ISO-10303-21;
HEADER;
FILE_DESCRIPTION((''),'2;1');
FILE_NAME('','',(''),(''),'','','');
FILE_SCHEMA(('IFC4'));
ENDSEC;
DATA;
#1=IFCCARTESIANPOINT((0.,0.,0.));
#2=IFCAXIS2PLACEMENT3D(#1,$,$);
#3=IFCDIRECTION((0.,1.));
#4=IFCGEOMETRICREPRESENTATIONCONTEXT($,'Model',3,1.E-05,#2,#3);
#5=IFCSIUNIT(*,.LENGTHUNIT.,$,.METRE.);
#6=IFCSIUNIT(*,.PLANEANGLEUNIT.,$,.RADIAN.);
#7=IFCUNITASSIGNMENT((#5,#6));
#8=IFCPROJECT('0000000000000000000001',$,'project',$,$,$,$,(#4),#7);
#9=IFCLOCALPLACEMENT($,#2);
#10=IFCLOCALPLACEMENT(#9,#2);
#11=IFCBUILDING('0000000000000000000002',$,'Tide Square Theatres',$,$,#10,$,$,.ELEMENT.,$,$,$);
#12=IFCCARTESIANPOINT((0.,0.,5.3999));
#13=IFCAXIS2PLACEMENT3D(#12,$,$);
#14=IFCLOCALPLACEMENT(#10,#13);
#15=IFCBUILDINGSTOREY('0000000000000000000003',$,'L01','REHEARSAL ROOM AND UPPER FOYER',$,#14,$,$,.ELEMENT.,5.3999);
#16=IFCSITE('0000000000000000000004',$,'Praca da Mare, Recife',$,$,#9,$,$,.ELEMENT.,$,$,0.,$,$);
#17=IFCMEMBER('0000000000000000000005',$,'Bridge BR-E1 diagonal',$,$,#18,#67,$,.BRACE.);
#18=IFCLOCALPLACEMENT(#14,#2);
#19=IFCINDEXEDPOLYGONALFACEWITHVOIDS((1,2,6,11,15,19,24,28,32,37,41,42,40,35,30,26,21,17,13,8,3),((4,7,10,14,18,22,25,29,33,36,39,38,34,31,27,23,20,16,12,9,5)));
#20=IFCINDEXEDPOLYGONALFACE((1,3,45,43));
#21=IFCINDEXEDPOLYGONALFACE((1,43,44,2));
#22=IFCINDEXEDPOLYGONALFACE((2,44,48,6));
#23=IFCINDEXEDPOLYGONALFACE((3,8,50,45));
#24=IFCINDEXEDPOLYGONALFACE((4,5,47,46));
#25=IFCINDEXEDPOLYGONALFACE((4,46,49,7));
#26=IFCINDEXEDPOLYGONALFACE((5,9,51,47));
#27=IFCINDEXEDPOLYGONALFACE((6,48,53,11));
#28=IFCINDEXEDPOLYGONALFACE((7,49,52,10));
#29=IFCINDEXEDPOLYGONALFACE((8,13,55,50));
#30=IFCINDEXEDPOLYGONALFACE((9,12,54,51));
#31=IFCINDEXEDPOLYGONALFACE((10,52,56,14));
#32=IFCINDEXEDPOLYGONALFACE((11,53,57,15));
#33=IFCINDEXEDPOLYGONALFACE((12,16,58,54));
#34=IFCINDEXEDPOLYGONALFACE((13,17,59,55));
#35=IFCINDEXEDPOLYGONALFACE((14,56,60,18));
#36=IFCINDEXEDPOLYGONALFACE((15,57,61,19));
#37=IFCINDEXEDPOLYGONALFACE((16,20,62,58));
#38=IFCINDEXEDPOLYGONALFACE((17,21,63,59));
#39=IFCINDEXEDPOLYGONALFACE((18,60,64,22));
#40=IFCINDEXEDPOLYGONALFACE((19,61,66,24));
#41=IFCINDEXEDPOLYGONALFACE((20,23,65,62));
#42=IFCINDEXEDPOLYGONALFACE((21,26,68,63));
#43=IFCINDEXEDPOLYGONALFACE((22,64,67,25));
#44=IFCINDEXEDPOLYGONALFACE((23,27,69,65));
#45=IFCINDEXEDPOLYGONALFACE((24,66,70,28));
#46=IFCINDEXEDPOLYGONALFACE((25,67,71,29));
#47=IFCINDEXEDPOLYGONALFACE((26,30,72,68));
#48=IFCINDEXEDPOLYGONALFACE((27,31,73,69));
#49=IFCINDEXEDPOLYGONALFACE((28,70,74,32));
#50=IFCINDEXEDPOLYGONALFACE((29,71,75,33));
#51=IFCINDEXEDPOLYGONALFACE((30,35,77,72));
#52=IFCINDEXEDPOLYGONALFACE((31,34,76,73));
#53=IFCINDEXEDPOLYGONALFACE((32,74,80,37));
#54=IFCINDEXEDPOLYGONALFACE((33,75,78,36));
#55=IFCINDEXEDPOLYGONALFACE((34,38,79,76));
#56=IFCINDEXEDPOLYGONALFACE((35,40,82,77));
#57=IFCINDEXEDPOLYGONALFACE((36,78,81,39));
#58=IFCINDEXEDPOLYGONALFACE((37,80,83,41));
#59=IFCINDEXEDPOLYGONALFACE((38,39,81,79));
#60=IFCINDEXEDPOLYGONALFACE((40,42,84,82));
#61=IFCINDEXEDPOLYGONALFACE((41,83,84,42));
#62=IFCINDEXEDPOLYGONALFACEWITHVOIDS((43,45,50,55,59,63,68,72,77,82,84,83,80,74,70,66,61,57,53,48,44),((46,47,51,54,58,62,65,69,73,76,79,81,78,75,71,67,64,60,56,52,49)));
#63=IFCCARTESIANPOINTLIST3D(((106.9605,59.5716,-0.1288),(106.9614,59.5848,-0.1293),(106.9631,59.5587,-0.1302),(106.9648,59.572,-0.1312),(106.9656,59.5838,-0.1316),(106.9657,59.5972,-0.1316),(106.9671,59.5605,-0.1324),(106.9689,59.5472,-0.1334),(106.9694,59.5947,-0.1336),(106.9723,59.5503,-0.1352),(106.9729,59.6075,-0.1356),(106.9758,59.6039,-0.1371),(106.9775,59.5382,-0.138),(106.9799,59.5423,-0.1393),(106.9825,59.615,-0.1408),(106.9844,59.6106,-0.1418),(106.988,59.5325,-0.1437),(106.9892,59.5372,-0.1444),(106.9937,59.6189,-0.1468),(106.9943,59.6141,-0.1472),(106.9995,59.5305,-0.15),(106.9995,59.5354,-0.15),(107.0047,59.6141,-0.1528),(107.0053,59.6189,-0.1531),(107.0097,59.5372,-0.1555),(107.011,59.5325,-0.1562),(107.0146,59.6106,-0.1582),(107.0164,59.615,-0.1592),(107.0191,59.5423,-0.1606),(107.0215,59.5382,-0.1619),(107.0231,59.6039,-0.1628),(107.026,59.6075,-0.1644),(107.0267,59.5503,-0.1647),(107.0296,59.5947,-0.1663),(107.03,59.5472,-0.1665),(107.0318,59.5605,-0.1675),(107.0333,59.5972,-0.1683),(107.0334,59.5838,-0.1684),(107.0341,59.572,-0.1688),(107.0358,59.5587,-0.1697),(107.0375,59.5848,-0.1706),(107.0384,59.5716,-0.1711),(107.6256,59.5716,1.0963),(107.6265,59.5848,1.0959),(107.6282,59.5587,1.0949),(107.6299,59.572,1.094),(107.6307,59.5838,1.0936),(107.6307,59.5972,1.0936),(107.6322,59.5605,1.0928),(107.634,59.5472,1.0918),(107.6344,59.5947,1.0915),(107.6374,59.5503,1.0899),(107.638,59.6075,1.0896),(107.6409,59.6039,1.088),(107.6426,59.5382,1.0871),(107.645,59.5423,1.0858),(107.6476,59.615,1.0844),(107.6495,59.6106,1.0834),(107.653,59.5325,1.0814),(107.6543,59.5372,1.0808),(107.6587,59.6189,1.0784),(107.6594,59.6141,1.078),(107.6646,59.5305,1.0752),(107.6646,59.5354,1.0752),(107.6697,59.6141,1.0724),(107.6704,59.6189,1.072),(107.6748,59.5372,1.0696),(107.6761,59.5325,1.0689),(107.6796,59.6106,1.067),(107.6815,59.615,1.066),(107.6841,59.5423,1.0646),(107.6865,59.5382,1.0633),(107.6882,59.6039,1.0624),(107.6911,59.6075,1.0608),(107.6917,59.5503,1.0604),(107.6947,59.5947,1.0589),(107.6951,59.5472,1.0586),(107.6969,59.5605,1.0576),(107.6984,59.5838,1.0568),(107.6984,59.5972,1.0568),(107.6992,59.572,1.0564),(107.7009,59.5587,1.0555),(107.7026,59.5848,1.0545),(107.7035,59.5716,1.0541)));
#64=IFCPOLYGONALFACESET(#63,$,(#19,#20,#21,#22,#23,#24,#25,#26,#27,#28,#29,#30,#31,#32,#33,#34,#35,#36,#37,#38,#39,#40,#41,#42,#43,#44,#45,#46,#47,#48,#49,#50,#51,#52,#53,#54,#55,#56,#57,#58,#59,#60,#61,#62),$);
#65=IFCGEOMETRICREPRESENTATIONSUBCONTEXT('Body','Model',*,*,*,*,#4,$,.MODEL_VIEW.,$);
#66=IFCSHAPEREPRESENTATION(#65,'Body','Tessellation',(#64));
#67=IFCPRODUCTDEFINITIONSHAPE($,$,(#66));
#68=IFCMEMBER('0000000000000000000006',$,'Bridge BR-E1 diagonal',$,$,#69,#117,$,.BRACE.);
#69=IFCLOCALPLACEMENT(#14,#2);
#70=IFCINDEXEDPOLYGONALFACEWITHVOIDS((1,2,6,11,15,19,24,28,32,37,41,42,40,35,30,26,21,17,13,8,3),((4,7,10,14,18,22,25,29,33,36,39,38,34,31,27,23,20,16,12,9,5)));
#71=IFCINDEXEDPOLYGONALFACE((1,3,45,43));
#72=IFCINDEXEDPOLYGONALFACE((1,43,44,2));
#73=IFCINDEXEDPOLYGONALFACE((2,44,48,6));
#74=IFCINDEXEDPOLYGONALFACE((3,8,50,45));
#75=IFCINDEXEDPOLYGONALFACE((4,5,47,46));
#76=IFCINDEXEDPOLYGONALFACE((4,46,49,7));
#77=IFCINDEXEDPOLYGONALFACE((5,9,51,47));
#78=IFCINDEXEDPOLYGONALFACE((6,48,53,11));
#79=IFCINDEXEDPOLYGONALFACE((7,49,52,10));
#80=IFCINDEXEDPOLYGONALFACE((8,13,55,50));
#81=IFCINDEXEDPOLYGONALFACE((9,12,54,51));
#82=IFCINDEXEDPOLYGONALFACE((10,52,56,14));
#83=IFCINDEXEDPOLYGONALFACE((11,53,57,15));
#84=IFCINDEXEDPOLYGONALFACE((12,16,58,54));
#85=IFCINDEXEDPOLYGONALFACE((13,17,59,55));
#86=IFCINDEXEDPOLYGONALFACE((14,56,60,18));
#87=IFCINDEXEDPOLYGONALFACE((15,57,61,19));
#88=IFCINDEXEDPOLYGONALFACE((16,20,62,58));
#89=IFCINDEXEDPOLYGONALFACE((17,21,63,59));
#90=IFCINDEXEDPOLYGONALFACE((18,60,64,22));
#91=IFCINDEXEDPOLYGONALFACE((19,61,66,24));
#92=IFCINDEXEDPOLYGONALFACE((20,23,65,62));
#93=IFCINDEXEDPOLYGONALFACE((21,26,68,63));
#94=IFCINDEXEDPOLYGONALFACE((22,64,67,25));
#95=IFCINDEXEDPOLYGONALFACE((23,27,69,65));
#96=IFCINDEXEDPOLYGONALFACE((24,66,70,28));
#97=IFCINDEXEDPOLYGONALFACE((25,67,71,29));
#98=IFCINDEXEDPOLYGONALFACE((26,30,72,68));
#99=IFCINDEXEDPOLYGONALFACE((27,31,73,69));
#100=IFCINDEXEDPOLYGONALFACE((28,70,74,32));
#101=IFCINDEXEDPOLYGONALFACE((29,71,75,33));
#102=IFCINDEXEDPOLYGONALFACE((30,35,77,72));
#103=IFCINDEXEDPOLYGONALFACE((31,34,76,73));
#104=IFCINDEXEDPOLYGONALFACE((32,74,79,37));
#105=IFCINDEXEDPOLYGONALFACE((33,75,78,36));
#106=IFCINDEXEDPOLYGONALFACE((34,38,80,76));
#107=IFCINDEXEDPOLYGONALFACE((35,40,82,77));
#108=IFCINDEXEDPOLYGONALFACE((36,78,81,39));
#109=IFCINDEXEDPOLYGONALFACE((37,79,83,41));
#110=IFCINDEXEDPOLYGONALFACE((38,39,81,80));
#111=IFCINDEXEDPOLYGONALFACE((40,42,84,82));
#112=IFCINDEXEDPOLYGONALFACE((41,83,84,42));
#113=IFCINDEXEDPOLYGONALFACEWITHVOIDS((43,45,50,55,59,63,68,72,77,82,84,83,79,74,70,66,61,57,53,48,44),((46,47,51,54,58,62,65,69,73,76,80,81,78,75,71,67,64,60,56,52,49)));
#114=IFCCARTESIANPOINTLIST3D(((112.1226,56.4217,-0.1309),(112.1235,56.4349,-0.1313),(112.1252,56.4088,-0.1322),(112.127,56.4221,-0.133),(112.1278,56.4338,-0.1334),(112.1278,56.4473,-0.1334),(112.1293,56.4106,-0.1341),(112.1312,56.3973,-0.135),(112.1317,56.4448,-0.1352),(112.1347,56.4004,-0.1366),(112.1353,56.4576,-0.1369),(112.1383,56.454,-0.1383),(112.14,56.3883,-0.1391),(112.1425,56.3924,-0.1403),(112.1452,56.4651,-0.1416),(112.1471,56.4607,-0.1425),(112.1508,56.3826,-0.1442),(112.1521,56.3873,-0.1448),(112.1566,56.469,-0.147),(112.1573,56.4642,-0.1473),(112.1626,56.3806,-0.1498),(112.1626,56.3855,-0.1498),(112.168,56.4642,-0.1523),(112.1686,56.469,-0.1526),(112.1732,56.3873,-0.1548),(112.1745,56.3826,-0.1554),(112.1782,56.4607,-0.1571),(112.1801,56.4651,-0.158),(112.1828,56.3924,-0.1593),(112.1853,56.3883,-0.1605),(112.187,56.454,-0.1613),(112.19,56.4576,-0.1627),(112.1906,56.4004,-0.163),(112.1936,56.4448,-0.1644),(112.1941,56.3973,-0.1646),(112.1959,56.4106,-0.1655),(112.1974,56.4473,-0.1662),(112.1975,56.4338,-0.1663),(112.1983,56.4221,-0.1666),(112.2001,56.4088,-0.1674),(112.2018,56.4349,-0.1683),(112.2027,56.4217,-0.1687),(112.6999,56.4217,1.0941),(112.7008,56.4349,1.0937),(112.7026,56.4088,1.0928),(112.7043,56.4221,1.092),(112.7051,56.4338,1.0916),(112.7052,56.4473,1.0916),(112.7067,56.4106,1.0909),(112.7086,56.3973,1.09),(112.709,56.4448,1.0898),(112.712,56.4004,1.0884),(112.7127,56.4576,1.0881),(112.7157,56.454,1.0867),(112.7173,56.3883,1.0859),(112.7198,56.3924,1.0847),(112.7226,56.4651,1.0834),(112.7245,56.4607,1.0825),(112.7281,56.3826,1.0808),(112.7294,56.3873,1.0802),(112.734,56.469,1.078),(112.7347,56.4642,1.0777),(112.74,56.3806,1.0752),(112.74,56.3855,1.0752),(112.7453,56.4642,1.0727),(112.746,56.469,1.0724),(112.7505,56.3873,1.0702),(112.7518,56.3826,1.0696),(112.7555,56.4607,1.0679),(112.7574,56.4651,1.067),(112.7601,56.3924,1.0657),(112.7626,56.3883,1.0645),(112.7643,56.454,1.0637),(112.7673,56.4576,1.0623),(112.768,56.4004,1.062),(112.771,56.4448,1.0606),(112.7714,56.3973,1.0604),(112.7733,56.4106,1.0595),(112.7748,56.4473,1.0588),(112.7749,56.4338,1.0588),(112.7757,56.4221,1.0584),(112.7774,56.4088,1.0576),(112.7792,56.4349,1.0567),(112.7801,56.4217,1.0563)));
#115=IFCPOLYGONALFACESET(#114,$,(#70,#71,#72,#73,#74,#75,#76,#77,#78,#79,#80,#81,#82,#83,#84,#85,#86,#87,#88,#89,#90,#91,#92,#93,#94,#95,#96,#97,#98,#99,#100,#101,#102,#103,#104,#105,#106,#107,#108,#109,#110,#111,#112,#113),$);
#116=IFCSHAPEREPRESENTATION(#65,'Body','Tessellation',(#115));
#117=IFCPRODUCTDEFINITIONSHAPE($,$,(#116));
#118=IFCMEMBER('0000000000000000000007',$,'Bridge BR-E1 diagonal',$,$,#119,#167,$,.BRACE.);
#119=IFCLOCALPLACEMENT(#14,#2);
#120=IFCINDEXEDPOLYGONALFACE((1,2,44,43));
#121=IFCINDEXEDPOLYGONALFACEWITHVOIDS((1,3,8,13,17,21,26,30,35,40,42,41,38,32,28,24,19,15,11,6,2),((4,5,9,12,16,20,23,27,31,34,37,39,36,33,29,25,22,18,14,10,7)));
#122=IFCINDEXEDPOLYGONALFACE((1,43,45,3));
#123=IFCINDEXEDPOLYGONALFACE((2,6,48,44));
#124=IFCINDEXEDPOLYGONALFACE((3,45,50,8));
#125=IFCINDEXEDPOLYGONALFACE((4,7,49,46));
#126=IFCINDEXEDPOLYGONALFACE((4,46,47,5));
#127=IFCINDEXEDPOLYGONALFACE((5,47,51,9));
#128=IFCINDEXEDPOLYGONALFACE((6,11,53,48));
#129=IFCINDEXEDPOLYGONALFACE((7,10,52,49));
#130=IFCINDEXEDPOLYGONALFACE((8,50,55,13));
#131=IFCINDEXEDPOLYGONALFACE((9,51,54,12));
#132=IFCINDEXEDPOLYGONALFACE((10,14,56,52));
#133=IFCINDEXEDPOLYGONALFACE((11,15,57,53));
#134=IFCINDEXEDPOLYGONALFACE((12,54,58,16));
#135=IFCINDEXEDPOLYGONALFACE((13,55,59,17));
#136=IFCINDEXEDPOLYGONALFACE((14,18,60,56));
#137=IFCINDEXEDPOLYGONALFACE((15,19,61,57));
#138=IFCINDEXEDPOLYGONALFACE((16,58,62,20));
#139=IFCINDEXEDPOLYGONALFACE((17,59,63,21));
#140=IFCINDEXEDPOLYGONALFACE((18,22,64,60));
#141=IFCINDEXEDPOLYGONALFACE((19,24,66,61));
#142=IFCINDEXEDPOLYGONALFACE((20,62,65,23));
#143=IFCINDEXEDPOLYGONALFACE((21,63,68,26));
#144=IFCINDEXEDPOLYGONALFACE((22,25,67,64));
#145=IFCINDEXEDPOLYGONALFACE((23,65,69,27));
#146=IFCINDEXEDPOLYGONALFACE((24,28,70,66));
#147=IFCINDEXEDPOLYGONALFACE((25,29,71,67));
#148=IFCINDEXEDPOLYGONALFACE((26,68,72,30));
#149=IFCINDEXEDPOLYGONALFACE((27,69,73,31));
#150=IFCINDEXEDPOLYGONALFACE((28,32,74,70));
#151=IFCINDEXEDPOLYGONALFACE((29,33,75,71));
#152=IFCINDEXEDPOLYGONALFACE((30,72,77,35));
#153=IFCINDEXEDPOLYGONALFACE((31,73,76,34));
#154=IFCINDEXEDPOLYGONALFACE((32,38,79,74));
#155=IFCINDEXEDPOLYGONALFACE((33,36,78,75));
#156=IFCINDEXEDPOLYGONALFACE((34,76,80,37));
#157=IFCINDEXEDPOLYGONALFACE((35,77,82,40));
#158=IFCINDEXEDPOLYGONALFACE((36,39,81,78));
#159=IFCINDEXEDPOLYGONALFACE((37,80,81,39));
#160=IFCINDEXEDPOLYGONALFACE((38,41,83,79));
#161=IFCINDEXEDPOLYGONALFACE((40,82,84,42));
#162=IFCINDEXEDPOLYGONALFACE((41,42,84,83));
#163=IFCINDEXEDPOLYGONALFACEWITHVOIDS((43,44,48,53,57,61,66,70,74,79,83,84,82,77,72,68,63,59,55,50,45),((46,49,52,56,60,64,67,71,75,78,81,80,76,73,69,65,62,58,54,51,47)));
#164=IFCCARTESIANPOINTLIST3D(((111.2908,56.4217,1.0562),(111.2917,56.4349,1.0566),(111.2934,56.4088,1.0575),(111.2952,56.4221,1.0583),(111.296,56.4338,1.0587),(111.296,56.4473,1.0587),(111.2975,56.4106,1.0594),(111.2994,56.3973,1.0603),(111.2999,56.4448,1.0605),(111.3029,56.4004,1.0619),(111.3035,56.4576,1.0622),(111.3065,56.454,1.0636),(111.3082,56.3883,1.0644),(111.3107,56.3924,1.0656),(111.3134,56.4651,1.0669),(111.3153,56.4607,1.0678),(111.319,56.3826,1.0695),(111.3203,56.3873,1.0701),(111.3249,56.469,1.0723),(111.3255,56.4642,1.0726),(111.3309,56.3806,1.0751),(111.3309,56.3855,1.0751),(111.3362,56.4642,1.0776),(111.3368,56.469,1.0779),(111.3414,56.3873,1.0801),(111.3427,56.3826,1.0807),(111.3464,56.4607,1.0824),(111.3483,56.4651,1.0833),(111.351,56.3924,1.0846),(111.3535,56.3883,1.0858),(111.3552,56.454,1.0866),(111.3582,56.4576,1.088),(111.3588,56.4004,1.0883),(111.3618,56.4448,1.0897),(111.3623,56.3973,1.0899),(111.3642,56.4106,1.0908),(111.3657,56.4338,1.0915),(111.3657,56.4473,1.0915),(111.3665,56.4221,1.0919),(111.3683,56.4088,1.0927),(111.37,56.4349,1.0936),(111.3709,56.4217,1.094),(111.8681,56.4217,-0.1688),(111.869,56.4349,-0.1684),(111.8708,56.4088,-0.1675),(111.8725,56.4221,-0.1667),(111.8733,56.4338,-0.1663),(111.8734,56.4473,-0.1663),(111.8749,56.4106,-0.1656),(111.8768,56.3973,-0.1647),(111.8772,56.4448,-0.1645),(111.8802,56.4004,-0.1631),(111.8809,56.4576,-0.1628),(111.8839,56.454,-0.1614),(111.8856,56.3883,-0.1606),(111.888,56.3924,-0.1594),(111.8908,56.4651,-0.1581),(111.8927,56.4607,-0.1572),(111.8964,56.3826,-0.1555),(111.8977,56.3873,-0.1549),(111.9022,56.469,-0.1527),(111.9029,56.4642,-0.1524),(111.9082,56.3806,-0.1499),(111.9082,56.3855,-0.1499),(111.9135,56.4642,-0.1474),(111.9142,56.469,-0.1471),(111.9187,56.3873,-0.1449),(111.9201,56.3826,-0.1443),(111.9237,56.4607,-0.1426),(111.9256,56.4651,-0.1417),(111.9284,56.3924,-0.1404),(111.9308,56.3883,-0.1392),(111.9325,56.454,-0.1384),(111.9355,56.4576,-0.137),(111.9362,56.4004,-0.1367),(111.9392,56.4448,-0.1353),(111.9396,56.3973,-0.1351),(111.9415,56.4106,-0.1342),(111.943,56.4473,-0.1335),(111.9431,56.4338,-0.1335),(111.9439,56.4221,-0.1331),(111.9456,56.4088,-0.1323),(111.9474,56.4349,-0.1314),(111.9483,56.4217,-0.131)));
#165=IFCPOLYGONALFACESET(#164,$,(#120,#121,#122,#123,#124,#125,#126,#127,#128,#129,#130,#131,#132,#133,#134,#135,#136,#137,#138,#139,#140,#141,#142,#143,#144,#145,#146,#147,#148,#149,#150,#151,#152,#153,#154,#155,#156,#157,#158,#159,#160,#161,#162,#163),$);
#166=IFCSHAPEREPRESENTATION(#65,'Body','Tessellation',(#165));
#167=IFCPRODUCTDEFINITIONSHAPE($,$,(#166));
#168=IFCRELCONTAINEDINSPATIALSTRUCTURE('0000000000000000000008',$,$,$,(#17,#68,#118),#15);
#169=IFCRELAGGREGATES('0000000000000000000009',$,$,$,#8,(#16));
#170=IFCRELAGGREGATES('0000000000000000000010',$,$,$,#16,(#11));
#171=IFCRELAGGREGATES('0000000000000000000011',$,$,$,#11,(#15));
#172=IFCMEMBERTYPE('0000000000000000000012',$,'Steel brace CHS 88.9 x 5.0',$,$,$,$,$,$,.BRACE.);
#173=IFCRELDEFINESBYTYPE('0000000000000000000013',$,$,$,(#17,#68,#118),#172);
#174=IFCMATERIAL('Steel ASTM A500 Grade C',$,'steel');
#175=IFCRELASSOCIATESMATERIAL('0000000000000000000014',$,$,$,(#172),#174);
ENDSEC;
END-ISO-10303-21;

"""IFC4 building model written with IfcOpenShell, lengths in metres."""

from ifc_helpers import new_model, si_unit, direction, frame, origin, origin_2d, place, context, subcontext, project, spatial, hollow_circle, extrude, material, material_profile, profile_set, type_object, element, save


model = new_model("IFC4")

# Units and contexts
model_context = context("Model", 3, precision=1e-05, world=origin(), true_north=direction((0.0, 1.0)))
body_context = subcontext(model_context, "Body", "Model", "MODEL_VIEW")
ifc_project = project(units=[si_unit("LENGTHUNIT", "METRE"), si_unit("PLANEANGLEUNIT", "RADIAN")], contexts=[model_context])

# Site, building, storey
site_placement = place(None, origin())
site = spatial("IfcSite", under=ifc_project, at=site_placement, Name="Praca da Mare, Recife", CompositionType="ELEMENT", RefElevation=0.0)
building_placement = place(site_placement, origin())
building = spatial("IfcBuilding", under=site, at=building_placement, Name="Tide Square Theatres", CompositionType="ELEMENT")
storey_placement = place(building_placement, frame((0.0, 0.0, 5.3999)))
storey = spatial("IfcBuildingStorey", under=building, at=storey_placement, Name="L01", Description="REHEARSAL ROOM AND UPPER FOYER", CompositionType="ELEMENT", Elevation=5.3999)

# Members
ifc_material_1 = material(Name="Steel ASTM A500 Grade C", Category="steel")
ifc_material_profile_1 = material_profile(ifc_material_1, hollow_circle(Radius=0.0444, WallThickness=0.0049, at=origin_2d()))
ifc_profile_set_1 = profile_set([ifc_material_profile_1], Name="Steel ASTM A500 Grade C")
member_type_1 = type_object("IfcMemberType", Name="Steel brace CHS 88.9 x 5.0", PredefinedType="BRACE", material=ifc_profile_set_1)
member_placement = place(storey_placement, frame((107.6646, 59.575, 1.0752), z_axis=(-0.477084, 0.0, -0.878858), x_axis=(0.0, -1.0, 0.0)))
element("IfcMember", 1, at=member_placement, inside=storey, type_object=member_type_1, Name="Bridge BR-E1 diagonal", PredefinedType="BRACE", context=body_context, shape_type="SweptSolid", body=[
    extrude(hollow_circle(Radius=0.0444, WallThickness=0.0049, at=origin_2d()), origin(), (0.0, 0.0, 1.0), 1.394),
])
for number, where, z_axis, x_axis, name in (
    (2, (112.74, 56.425, 1.0752), (-0.426327, 0.0, -0.904569), (0.0, -1.0, 0.0), "Bridge BR-E1 diagonal"),
    (3, (111.9082, 56.425, -0.1499), (-0.426327, 0.0, 0.904569), (0.0, -1.0, 0.0), "Bridge BR-E1 diagonal"),
):
    element("IfcMember", number, at=place(storey_placement, frame(where, z_axis=z_axis, x_axis=x_axis)), inside=storey, type_object=member_type_1, Name=name, PredefinedType="BRACE", context=body_context, shape_type="SweptSolid", body=[
        extrude(hollow_circle(Radius=0.0444, WallThickness=0.0049, at=origin_2d()), origin(), (0.0, 0.0, 1.0), 1.3542),
    ])

save(model, "model.ifc")
